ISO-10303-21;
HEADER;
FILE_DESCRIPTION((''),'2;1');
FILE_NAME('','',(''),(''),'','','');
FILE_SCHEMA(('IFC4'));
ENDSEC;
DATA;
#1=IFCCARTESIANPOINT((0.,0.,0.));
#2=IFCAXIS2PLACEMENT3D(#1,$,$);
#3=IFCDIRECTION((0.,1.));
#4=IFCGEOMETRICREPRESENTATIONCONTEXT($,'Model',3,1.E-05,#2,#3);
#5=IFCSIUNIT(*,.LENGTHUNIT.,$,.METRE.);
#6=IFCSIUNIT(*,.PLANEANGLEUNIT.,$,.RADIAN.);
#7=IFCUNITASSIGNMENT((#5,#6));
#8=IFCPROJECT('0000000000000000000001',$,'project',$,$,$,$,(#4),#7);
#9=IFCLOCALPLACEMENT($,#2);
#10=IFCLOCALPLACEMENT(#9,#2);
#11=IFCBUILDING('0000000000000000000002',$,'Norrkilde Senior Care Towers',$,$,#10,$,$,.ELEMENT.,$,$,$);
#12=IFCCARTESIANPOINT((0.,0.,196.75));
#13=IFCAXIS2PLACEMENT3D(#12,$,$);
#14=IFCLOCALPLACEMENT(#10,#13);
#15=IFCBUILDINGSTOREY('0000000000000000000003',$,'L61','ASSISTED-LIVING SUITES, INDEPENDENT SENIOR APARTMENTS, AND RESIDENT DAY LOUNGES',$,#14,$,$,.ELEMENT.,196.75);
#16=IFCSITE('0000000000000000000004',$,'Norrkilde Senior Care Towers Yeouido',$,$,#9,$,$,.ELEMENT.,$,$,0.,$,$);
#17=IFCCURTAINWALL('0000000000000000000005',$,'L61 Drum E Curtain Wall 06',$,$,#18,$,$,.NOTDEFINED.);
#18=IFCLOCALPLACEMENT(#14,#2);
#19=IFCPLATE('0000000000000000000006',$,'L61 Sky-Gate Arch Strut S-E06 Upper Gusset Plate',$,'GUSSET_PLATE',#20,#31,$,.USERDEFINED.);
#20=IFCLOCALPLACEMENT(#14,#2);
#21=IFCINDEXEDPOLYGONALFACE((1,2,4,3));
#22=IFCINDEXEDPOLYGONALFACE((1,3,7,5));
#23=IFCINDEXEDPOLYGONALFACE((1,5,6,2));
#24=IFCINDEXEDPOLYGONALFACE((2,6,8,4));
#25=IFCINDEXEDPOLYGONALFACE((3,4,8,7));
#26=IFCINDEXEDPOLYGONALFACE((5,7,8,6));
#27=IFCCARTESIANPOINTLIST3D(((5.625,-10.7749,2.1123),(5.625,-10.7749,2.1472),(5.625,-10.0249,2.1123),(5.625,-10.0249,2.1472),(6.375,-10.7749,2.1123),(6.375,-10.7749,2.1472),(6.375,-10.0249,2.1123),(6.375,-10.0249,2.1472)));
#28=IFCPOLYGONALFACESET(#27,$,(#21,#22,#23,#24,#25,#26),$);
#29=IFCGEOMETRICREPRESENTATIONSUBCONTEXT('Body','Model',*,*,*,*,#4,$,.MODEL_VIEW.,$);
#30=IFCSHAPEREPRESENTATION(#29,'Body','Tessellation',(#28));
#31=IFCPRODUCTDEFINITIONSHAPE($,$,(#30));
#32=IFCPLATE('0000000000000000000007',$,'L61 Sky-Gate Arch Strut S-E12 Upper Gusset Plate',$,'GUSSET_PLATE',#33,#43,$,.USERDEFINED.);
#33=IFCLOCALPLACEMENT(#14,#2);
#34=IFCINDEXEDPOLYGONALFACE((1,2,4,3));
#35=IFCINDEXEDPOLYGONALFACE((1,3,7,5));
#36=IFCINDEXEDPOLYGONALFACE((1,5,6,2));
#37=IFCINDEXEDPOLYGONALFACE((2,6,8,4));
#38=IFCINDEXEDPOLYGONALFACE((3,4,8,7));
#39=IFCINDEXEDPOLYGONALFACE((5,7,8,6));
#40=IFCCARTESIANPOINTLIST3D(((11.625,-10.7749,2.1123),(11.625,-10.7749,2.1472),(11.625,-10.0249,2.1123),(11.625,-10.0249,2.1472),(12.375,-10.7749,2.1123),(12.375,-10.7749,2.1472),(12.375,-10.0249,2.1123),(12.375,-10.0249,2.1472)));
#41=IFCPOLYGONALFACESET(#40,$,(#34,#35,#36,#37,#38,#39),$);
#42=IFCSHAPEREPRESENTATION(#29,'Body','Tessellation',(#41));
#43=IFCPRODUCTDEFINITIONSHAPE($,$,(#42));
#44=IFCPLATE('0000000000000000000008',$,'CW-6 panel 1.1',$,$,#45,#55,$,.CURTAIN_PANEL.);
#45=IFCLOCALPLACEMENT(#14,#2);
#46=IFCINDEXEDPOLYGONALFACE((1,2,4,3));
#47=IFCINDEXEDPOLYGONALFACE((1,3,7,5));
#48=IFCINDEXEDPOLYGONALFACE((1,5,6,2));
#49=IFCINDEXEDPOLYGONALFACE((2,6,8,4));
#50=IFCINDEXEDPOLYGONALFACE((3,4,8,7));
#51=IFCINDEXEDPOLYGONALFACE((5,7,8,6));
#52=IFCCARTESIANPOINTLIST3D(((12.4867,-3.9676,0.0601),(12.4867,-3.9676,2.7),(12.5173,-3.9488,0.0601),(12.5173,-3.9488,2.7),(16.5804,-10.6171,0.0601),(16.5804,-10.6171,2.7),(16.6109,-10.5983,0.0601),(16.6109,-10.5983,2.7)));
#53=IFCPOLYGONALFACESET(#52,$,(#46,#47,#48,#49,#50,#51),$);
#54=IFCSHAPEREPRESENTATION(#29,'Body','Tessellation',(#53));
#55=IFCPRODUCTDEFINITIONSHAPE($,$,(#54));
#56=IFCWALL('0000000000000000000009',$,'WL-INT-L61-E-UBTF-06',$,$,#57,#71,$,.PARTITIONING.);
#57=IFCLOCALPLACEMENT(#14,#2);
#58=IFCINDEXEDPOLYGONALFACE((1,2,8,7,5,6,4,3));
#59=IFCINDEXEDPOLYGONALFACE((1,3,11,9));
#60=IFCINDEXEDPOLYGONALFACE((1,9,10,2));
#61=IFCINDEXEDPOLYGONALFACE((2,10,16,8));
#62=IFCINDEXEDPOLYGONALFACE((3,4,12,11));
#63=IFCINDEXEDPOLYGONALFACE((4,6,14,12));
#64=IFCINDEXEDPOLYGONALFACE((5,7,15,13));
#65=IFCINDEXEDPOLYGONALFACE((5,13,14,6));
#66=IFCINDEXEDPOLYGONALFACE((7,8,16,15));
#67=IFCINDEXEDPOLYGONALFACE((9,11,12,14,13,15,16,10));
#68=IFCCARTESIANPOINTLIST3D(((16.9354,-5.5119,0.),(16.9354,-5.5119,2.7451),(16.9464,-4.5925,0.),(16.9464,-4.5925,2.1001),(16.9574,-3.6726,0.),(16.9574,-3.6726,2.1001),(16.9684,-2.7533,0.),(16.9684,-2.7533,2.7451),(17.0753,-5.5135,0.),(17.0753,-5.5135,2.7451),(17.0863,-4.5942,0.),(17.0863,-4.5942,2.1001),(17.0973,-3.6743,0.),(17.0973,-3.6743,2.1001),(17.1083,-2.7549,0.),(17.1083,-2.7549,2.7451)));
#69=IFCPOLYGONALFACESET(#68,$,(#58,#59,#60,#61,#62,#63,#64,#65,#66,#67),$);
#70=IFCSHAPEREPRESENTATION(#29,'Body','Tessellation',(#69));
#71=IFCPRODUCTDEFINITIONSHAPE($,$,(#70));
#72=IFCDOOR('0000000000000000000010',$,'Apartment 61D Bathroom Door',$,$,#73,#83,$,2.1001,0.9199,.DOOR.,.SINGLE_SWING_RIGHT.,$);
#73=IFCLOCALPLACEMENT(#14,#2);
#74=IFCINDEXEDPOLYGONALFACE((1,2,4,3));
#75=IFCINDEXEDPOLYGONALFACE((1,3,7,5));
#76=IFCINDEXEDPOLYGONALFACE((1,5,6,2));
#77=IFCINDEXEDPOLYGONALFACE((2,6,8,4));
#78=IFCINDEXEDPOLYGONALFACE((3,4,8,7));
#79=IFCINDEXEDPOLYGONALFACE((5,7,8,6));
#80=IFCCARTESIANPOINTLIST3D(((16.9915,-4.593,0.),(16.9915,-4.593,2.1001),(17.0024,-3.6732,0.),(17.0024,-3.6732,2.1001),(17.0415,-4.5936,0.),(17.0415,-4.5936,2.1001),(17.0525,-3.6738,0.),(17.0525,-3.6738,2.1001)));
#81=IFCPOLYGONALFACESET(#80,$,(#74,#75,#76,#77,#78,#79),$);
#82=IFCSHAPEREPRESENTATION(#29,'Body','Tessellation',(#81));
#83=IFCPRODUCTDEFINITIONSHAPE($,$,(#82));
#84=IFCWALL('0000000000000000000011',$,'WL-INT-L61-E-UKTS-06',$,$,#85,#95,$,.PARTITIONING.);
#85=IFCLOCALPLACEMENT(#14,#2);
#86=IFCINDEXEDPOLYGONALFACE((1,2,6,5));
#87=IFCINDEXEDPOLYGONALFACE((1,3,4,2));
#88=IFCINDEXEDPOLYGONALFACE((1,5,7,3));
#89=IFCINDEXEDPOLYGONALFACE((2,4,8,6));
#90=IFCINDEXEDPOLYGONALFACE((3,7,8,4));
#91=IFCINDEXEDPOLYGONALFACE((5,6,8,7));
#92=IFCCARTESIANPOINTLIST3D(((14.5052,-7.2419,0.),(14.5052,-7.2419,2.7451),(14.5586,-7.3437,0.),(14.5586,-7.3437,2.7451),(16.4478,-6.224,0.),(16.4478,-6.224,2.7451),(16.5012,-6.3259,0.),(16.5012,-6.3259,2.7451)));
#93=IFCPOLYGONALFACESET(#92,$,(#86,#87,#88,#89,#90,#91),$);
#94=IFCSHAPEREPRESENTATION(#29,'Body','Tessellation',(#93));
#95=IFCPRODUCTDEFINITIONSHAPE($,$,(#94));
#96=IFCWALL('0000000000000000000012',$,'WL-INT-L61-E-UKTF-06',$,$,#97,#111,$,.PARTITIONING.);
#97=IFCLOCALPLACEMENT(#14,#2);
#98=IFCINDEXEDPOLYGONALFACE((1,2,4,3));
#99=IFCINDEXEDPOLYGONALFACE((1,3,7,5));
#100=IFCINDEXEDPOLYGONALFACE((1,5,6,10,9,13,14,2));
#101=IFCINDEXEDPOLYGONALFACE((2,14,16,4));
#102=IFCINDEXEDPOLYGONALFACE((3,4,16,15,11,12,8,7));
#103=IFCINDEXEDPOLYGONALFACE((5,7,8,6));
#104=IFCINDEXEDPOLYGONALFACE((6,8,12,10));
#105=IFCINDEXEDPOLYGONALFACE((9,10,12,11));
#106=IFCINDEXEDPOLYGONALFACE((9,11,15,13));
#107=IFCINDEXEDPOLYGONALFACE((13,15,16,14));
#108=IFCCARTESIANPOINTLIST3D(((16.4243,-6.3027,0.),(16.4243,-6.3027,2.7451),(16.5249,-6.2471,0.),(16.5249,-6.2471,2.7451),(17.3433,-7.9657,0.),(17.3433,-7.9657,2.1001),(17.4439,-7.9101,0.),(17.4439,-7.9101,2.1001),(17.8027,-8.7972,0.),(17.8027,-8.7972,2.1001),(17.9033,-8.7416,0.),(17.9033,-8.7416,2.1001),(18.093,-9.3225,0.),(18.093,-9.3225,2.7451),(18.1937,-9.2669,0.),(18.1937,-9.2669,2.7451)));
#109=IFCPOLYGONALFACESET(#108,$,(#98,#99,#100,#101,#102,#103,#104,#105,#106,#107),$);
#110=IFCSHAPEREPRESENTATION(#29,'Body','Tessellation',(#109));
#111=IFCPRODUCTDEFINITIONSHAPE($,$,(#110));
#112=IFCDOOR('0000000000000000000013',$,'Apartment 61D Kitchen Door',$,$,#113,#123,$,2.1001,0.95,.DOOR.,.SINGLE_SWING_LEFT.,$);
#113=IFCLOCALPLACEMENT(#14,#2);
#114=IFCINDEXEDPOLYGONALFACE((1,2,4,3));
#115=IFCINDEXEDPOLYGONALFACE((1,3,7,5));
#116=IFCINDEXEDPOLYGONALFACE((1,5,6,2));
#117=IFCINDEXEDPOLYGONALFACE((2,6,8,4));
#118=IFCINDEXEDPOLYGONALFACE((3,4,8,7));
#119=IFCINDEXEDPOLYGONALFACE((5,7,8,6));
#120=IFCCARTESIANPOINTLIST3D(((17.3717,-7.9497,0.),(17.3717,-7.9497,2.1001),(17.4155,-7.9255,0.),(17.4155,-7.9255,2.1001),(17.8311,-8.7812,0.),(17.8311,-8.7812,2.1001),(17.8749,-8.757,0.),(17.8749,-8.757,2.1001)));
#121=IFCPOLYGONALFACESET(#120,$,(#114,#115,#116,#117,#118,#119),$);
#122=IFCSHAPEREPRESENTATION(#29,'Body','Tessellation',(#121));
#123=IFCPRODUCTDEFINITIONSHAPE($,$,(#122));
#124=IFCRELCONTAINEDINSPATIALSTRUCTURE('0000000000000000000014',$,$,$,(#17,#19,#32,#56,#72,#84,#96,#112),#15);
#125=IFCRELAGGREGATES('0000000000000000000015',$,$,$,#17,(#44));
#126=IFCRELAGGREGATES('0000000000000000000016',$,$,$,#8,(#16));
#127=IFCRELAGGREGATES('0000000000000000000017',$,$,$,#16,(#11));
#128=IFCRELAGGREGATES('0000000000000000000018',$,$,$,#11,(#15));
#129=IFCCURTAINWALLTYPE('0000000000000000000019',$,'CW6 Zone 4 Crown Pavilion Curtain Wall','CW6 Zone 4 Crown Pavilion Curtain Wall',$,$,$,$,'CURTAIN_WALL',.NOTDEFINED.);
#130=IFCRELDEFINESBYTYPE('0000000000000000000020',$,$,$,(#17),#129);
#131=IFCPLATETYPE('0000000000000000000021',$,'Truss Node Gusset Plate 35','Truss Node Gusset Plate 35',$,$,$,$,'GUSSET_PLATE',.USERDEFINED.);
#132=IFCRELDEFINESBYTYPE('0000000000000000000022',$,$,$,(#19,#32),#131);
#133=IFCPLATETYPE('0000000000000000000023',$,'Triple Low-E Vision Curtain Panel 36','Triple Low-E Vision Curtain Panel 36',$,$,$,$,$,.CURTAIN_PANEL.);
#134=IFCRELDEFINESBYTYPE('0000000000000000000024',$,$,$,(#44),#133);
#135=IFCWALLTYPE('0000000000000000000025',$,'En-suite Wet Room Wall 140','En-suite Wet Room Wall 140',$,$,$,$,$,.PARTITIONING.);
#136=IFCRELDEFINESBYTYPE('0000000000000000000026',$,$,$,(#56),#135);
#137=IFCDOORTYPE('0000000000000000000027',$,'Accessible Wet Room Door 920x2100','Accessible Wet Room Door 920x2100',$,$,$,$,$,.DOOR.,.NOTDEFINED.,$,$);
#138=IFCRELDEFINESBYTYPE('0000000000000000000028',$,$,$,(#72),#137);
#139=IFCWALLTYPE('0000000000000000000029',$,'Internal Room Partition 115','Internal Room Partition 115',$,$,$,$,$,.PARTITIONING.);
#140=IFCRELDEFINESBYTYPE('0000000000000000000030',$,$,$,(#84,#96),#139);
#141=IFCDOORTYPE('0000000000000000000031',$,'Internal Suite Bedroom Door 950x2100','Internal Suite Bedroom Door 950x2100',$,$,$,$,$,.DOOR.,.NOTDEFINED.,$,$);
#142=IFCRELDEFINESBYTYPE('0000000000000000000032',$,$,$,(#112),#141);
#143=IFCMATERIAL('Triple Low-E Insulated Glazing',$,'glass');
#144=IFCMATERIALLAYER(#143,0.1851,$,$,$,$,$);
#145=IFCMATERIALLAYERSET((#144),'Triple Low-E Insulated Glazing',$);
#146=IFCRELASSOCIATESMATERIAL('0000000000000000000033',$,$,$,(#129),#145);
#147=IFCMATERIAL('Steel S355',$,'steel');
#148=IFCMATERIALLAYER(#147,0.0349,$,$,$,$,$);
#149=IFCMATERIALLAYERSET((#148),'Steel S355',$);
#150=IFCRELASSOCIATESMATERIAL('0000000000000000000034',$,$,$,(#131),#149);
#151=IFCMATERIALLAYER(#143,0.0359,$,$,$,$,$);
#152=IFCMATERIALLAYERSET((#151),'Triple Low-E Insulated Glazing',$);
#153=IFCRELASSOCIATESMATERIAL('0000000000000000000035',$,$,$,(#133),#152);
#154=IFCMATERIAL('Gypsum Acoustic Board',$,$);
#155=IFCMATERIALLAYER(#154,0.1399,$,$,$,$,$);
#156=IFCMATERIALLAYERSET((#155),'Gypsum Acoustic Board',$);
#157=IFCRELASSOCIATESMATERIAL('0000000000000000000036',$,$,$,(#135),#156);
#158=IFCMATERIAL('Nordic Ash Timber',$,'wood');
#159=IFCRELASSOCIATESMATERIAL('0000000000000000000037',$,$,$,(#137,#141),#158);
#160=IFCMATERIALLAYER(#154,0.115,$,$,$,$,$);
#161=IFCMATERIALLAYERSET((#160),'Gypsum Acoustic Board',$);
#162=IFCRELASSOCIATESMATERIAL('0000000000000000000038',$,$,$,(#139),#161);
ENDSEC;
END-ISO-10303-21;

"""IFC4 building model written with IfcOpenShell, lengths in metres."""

from ifc_helpers import new_model, si_unit, direction, frame, frame_2d, origin, origin_2d, place, context, subcontext, project, spatial, rectangle, extrude, source, transform, mapped, material, layer, layer_set, type_object, type_shapes, element, fill, aggregate, save


model = new_model("IFC4")

# Units and contexts
model_context = context("Model", 3, precision=1e-05, world=origin(), true_north=direction((0.0, 1.0)))
body_context = subcontext(model_context, "Body", "Model", "MODEL_VIEW")
ifc_project = project(units=[si_unit("LENGTHUNIT", "METRE"), si_unit("PLANEANGLEUNIT", "RADIAN")], contexts=[model_context])

# Site, building, storey
site_placement = place(None, origin())
site = spatial("IfcSite", under=ifc_project, at=site_placement, Name="Norrkilde Senior Care Towers Yeouido", CompositionType="ELEMENT", RefElevation=0.0)
building_placement = place(site_placement, origin())
building = spatial("IfcBuilding", under=site, at=building_placement, Name="Norrkilde Senior Care Towers", CompositionType="ELEMENT")
storey_placement = place(building_placement, frame((0.0, 0.0, 196.75)))
storey = spatial("IfcBuildingStorey", under=building, at=storey_placement, Name="L61", Description="ASSISTED-LIVING SUITES, INDEPENDENT SENIOR APARTMENTS, AND RESIDENT DAY LOUNGES", CompositionType="ELEMENT", Elevation=196.75)

# Shared definitions
ifc_material_1 = material(Name="Steel S355", Category="steel")

# Curtain wall
ifc_material_2 = material(Name="Triple Low-E Insulated Glazing", Category="glass")
ifc_layer_1 = layer(ifc_material_2, 0.1851)
ifc_layer_set_1 = layer_set([ifc_layer_1], Name="Triple Low-E Insulated Glazing")
curtain_wall_type = type_object("IfcCurtainWallType", Name="CW6 Zone 4 Crown Pavilion Curtain Wall", Description="CW6 Zone 4 Crown Pavilion Curtain Wall", ElementType="CURTAIN_WALL", PredefinedType="NOTDEFINED", material=ifc_layer_set_1)
curtain_wall_1_placement = place(storey_placement, origin())
curtain_wall_1 = element("IfcCurtainWall", 1, at=curtain_wall_1_placement, inside=storey, type_object=curtain_wall_type, Name="L61 Drum E Curtain Wall 06", PredefinedType="NOTDEFINED")

# Plates
ifc_layer_2 = layer(ifc_material_1, 0.0349)
ifc_layer_set_2 = layer_set([ifc_layer_2], Name="Steel S355")
plate_type_1 = type_object("IfcPlateType", Name="Truss Node Gusset Plate 35", Description="Truss Node Gusset Plate 35", ElementType="GUSSET_PLATE", PredefinedType="USERDEFINED", material=ifc_layer_set_2)
shared_shape_1 = source(origin(), body_context, "Body", "SweptSolid", [
    extrude(rectangle(XDim=0.75, YDim=0.75, at=origin_2d()), origin(), (0.0, 0.0, 1.0), 0.0349),
])
type_shapes(plate_type_1, [shared_shape_1])
for number, where, z_axis, x_axis, name in (
    (2, (6.0, -10.3999, 2.1123), (0.0, 0.0, 1.0), (1.0, 0.0, 0.0), "L61 Sky-Gate Arch Strut S-E06 Upper Gusset Plate"),
    (3, (12.0, -10.3999, 2.1123), (0.0, 0.0, 1.0), (1.0, 0.0, 0.0), "L61 Sky-Gate Arch Strut S-E12 Upper Gusset Plate"),
):
    element("IfcPlate", number, at=place(storey_placement, frame(where, z_axis=z_axis, x_axis=x_axis)), inside=storey, type_object=plate_type_1, Name=name, ObjectType="GUSSET_PLATE", PredefinedType="USERDEFINED", context=body_context, shape_type="MappedRepresentation", body=[
        mapped(shared_shape_1, transform((0.0, 0.0, 0.0), x_axis=(1.0, 0.0, 0.0), y_axis=(0.0, 1.0, 0.0), z_axis=(0.0, 0.0, 1.0), scale=1.0)),
    ])

# Plate
ifc_layer_3 = layer(ifc_material_2, 0.0359)
ifc_layer_set_3 = layer_set([ifc_layer_3], Name="Triple Low-E Insulated Glazing")
plate_type_2 = type_object("IfcPlateType", Name="Triple Low-E Vision Curtain Panel 36", Description="Triple Low-E Vision Curtain Panel 36", PredefinedType="CURTAIN_PANEL", material=ifc_layer_set_3)
shared_shape_2 = source(origin(), body_context, "Body", "SweptSolid", [
    extrude(rectangle(XDim=7.8086, YDim=0.0359, at=origin_2d()), origin(), (0.0, 0.0, 1.0), 2.6399),
])
type_shapes(plate_type_2, [shared_shape_2])
plate_placement = place(storey_placement, frame((14.5488, -7.283, 0.0601), z_axis=(0.0, 0.0, 1.0), x_axis=(-0.524253, 0.851563, 0.0)))
plate = element("IfcPlate", 4, at=plate_placement, type_object=plate_type_2, Name="CW-6 panel 1.1", PredefinedType="CURTAIN_PANEL", context=body_context, shape_type="MappedRepresentation", body=[
    mapped(shared_shape_2, transform((0.0, 0.0, 0.0), x_axis=(1.0, 0.0, 0.0), y_axis=(0.0, 1.0, 0.0), z_axis=(0.0, 0.0, 1.0), scale=1.0)),
])
aggregate(curtain_wall_1, [plate])

# Wall, opening, door
ifc_material_3 = material(Name="Gypsum Acoustic Board")
ifc_layer_4 = layer(ifc_material_3, 0.1399)
ifc_layer_set_4 = layer_set([ifc_layer_4], Name="Gypsum Acoustic Board")
wall_type_1 = type_object("IfcWallType", Name="En-suite Wet Room Wall 140", Description="En-suite Wet Room Wall 140", PredefinedType="PARTITIONING", material=ifc_layer_set_4)
shared_shape_3 = source(origin(), body_context, "Body", "SweptSolid", [
    extrude(rectangle(XDim=2.7588, YDim=0.1399, at=frame_2d((1.3794, 0.0))), origin(), (0.0, 0.0, 1.0), 2.7451),
])
type_shapes(wall_type_1, [shared_shape_3])
wall_1_placement = place(storey_placement, frame((17.0054, -5.5127, 0.0), z_axis=(0.0, 0.0, 1.0), x_axis=(0.011947, 0.999929, 0.0)))
wall_1 = element("IfcWall", 5, at=wall_1_placement, inside=storey, type_object=wall_type_1, Name="WL-INT-L61-E-UBTF-06", PredefinedType="PARTITIONING", context=body_context, shape_type="MappedRepresentation", body=[
    mapped(shared_shape_3, transform((0.0, 0.0, 0.0), x_axis=(1.0, 0.0, 0.0), y_axis=(0.0, 1.0, 0.0), z_axis=(0.0, 0.0, 1.0), scale=1.0)),
])
opening_1_placement = place(wall_1_placement, frame((0.9194, 0.0, 0.0)))
opening_1 = element("IfcOpeningElement", 6, at=opening_1_placement, cuts=wall_1, PredefinedType="OPENING", context=body_context, shape_type="SweptSolid", body=[
    extrude(rectangle(XDim=0.9199, YDim=2.1001, at=frame_2d((0.46, 1.05))), frame((0.0, 0.0798, 0.0), z_axis=(0.0, -1.0, 0.0), x_axis=(1.0, 0.0, 0.0)), (0.0, 0.0, 1.0), 0.1599),
])
ifc_material_4 = material(Name="Nordic Ash Timber", Category="wood")
door_type_1 = type_object("IfcDoorType", Name="Accessible Wet Room Door 920x2100", Description="Accessible Wet Room Door 920x2100", OperationType="NOTDEFINED", PredefinedType="DOOR", material=ifc_material_4)
shared_shape_4 = source(origin(), body_context, "Body", "SweptSolid", [
    extrude(rectangle(XDim=0.9199, YDim=2.1001, at=frame_2d((0.46, 1.05))), frame((0.0, 0.0249, 0.0), z_axis=(0.0, -1.0, 0.0), x_axis=(1.0, 0.0, 0.0)), (0.0, 0.0, 1.0), 0.05),
])
type_shapes(door_type_1, [shared_shape_4])
door_1_placement = place(opening_1_placement, origin())
door_1 = element("IfcDoor", 7, at=door_1_placement, inside=storey, type_object=door_type_1, Name="Apartment 61D Bathroom Door", OperationType="SINGLE_SWING_RIGHT", OverallHeight=2.1001, OverallWidth=0.9199, PredefinedType="DOOR", context=body_context, shape_type="MappedRepresentation", body=[
    mapped(shared_shape_4, transform((0.0, 0.0, 0.0), x_axis=(1.0, 0.0, 0.0), y_axis=(0.0, 1.0, 0.0), z_axis=(0.0, 0.0, 1.0), scale=1.0)),
])
fill(opening_1, door_1)

# Wall
ifc_layer_5 = layer(ifc_material_3, 0.115)
ifc_layer_set_5 = layer_set([ifc_layer_5], Name="Gypsum Acoustic Board")
wall_type_2 = type_object("IfcWallType", Name="Internal Room Partition 115", Description="Internal Room Partition 115", PredefinedType="PARTITIONING", material=ifc_layer_set_5)
shared_shape_5 = source(origin(), body_context, "Body", "SweptSolid", [
    extrude(rectangle(XDim=2.1931, YDim=0.115, at=frame_2d((1.0967, 0.0))), origin(), (0.0, 0.0, 1.0), 2.7451),
])
wall_2_placement = place(storey_placement, frame((16.4746, -6.2749, 0.0), z_axis=(0.0, 0.0, 1.0), x_axis=(-0.885784, -0.464099, 0.0)))
element("IfcWall", 8, at=wall_2_placement, inside=storey, type_object=wall_type_2, Name="WL-INT-L61-E-UKTS-06", PredefinedType="PARTITIONING", context=body_context, shape_type="MappedRepresentation", body=[
    mapped(shared_shape_5, transform((0.0, 0.0, 0.0), x_axis=(1.0, 0.0, 0.0), y_axis=(0.0, 1.0, 0.0), z_axis=(0.0, 0.0, 1.0), scale=1.0)),
])

# Wall, opening, door
shared_shape_6 = source(origin(), body_context, "Body", "SweptSolid", [
    extrude(rectangle(XDim=3.4502, YDim=0.115, at=frame_2d((1.7251, 0.0))), origin(), (0.0, 0.0, 1.0), 2.7451),
])
type_shapes(wall_type_2, [shared_shape_5, shared_shape_6])
wall_3_placement = place(storey_placement, frame((16.4746, -6.2749, 0.0), z_axis=(0.0, 0.0, 1.0), x_axis=(0.483659, -0.875257, 0.0)))
wall_3 = element("IfcWall", 9, at=wall_3_placement, inside=storey, type_object=wall_type_2, Name="WL-INT-L61-E-UKTF-06", PredefinedType="PARTITIONING", context=body_context, shape_type="MappedRepresentation", body=[
    mapped(shared_shape_6, transform((0.0, 0.0, 0.0), x_axis=(1.0, 0.0, 0.0), y_axis=(0.0, 1.0, 0.0), z_axis=(0.0, 0.0, 1.0), scale=1.0)),
])
opening_2_placement = place(wall_3_placement, frame((1.8999, 0.0, 0.0)))
opening_2 = element("IfcOpeningElement", 10, at=opening_2_placement, cuts=wall_3, PredefinedType="OPENING", context=body_context, shape_type="SweptSolid", body=[
    extrude(rectangle(XDim=0.95, YDim=2.1001, at=frame_2d((0.4751, 1.05))), frame((0.0, 0.0674, 0.0), z_axis=(0.0, -1.0, 0.0), x_axis=(1.0, 0.0, 0.0)), (0.0, 0.0, 1.0), 0.135),
])
door_type_2 = type_object("IfcDoorType", Name="Internal Suite Bedroom Door 950x2100", Description="Internal Suite Bedroom Door 950x2100", OperationType="NOTDEFINED", PredefinedType="DOOR", material=ifc_material_4)
shared_shape_7 = source(origin(), body_context, "Body", "SweptSolid", [
    extrude(rectangle(XDim=0.95, YDim=2.1001, at=frame_2d((0.4751, 1.05))), frame((0.0, 0.0249, 0.0), z_axis=(0.0, -1.0, 0.0), x_axis=(1.0, 0.0, 0.0)), (0.0, 0.0, 1.0), 0.05),
])
type_shapes(door_type_2, [shared_shape_7])
door_2_placement = place(opening_2_placement, frame((0.95, 0.0, 0.0), z_axis=(0.0, 0.0, 1.0), x_axis=(-1.0, 0.0, 0.0)))
door_2 = element("IfcDoor", 11, at=door_2_placement, inside=storey, type_object=door_type_2, Name="Apartment 61D Kitchen Door", OperationType="SINGLE_SWING_LEFT", OverallHeight=2.1001, OverallWidth=0.95, PredefinedType="DOOR", context=body_context, shape_type="MappedRepresentation", body=[
    mapped(shared_shape_7, transform((0.0, 0.0, 0.0), x_axis=(1.0, 0.0, 0.0), y_axis=(0.0, 1.0, 0.0), z_axis=(0.0, 0.0, 1.0), scale=1.0)),
])
fill(opening_2, door_2)

save(model, "model.ifc")
